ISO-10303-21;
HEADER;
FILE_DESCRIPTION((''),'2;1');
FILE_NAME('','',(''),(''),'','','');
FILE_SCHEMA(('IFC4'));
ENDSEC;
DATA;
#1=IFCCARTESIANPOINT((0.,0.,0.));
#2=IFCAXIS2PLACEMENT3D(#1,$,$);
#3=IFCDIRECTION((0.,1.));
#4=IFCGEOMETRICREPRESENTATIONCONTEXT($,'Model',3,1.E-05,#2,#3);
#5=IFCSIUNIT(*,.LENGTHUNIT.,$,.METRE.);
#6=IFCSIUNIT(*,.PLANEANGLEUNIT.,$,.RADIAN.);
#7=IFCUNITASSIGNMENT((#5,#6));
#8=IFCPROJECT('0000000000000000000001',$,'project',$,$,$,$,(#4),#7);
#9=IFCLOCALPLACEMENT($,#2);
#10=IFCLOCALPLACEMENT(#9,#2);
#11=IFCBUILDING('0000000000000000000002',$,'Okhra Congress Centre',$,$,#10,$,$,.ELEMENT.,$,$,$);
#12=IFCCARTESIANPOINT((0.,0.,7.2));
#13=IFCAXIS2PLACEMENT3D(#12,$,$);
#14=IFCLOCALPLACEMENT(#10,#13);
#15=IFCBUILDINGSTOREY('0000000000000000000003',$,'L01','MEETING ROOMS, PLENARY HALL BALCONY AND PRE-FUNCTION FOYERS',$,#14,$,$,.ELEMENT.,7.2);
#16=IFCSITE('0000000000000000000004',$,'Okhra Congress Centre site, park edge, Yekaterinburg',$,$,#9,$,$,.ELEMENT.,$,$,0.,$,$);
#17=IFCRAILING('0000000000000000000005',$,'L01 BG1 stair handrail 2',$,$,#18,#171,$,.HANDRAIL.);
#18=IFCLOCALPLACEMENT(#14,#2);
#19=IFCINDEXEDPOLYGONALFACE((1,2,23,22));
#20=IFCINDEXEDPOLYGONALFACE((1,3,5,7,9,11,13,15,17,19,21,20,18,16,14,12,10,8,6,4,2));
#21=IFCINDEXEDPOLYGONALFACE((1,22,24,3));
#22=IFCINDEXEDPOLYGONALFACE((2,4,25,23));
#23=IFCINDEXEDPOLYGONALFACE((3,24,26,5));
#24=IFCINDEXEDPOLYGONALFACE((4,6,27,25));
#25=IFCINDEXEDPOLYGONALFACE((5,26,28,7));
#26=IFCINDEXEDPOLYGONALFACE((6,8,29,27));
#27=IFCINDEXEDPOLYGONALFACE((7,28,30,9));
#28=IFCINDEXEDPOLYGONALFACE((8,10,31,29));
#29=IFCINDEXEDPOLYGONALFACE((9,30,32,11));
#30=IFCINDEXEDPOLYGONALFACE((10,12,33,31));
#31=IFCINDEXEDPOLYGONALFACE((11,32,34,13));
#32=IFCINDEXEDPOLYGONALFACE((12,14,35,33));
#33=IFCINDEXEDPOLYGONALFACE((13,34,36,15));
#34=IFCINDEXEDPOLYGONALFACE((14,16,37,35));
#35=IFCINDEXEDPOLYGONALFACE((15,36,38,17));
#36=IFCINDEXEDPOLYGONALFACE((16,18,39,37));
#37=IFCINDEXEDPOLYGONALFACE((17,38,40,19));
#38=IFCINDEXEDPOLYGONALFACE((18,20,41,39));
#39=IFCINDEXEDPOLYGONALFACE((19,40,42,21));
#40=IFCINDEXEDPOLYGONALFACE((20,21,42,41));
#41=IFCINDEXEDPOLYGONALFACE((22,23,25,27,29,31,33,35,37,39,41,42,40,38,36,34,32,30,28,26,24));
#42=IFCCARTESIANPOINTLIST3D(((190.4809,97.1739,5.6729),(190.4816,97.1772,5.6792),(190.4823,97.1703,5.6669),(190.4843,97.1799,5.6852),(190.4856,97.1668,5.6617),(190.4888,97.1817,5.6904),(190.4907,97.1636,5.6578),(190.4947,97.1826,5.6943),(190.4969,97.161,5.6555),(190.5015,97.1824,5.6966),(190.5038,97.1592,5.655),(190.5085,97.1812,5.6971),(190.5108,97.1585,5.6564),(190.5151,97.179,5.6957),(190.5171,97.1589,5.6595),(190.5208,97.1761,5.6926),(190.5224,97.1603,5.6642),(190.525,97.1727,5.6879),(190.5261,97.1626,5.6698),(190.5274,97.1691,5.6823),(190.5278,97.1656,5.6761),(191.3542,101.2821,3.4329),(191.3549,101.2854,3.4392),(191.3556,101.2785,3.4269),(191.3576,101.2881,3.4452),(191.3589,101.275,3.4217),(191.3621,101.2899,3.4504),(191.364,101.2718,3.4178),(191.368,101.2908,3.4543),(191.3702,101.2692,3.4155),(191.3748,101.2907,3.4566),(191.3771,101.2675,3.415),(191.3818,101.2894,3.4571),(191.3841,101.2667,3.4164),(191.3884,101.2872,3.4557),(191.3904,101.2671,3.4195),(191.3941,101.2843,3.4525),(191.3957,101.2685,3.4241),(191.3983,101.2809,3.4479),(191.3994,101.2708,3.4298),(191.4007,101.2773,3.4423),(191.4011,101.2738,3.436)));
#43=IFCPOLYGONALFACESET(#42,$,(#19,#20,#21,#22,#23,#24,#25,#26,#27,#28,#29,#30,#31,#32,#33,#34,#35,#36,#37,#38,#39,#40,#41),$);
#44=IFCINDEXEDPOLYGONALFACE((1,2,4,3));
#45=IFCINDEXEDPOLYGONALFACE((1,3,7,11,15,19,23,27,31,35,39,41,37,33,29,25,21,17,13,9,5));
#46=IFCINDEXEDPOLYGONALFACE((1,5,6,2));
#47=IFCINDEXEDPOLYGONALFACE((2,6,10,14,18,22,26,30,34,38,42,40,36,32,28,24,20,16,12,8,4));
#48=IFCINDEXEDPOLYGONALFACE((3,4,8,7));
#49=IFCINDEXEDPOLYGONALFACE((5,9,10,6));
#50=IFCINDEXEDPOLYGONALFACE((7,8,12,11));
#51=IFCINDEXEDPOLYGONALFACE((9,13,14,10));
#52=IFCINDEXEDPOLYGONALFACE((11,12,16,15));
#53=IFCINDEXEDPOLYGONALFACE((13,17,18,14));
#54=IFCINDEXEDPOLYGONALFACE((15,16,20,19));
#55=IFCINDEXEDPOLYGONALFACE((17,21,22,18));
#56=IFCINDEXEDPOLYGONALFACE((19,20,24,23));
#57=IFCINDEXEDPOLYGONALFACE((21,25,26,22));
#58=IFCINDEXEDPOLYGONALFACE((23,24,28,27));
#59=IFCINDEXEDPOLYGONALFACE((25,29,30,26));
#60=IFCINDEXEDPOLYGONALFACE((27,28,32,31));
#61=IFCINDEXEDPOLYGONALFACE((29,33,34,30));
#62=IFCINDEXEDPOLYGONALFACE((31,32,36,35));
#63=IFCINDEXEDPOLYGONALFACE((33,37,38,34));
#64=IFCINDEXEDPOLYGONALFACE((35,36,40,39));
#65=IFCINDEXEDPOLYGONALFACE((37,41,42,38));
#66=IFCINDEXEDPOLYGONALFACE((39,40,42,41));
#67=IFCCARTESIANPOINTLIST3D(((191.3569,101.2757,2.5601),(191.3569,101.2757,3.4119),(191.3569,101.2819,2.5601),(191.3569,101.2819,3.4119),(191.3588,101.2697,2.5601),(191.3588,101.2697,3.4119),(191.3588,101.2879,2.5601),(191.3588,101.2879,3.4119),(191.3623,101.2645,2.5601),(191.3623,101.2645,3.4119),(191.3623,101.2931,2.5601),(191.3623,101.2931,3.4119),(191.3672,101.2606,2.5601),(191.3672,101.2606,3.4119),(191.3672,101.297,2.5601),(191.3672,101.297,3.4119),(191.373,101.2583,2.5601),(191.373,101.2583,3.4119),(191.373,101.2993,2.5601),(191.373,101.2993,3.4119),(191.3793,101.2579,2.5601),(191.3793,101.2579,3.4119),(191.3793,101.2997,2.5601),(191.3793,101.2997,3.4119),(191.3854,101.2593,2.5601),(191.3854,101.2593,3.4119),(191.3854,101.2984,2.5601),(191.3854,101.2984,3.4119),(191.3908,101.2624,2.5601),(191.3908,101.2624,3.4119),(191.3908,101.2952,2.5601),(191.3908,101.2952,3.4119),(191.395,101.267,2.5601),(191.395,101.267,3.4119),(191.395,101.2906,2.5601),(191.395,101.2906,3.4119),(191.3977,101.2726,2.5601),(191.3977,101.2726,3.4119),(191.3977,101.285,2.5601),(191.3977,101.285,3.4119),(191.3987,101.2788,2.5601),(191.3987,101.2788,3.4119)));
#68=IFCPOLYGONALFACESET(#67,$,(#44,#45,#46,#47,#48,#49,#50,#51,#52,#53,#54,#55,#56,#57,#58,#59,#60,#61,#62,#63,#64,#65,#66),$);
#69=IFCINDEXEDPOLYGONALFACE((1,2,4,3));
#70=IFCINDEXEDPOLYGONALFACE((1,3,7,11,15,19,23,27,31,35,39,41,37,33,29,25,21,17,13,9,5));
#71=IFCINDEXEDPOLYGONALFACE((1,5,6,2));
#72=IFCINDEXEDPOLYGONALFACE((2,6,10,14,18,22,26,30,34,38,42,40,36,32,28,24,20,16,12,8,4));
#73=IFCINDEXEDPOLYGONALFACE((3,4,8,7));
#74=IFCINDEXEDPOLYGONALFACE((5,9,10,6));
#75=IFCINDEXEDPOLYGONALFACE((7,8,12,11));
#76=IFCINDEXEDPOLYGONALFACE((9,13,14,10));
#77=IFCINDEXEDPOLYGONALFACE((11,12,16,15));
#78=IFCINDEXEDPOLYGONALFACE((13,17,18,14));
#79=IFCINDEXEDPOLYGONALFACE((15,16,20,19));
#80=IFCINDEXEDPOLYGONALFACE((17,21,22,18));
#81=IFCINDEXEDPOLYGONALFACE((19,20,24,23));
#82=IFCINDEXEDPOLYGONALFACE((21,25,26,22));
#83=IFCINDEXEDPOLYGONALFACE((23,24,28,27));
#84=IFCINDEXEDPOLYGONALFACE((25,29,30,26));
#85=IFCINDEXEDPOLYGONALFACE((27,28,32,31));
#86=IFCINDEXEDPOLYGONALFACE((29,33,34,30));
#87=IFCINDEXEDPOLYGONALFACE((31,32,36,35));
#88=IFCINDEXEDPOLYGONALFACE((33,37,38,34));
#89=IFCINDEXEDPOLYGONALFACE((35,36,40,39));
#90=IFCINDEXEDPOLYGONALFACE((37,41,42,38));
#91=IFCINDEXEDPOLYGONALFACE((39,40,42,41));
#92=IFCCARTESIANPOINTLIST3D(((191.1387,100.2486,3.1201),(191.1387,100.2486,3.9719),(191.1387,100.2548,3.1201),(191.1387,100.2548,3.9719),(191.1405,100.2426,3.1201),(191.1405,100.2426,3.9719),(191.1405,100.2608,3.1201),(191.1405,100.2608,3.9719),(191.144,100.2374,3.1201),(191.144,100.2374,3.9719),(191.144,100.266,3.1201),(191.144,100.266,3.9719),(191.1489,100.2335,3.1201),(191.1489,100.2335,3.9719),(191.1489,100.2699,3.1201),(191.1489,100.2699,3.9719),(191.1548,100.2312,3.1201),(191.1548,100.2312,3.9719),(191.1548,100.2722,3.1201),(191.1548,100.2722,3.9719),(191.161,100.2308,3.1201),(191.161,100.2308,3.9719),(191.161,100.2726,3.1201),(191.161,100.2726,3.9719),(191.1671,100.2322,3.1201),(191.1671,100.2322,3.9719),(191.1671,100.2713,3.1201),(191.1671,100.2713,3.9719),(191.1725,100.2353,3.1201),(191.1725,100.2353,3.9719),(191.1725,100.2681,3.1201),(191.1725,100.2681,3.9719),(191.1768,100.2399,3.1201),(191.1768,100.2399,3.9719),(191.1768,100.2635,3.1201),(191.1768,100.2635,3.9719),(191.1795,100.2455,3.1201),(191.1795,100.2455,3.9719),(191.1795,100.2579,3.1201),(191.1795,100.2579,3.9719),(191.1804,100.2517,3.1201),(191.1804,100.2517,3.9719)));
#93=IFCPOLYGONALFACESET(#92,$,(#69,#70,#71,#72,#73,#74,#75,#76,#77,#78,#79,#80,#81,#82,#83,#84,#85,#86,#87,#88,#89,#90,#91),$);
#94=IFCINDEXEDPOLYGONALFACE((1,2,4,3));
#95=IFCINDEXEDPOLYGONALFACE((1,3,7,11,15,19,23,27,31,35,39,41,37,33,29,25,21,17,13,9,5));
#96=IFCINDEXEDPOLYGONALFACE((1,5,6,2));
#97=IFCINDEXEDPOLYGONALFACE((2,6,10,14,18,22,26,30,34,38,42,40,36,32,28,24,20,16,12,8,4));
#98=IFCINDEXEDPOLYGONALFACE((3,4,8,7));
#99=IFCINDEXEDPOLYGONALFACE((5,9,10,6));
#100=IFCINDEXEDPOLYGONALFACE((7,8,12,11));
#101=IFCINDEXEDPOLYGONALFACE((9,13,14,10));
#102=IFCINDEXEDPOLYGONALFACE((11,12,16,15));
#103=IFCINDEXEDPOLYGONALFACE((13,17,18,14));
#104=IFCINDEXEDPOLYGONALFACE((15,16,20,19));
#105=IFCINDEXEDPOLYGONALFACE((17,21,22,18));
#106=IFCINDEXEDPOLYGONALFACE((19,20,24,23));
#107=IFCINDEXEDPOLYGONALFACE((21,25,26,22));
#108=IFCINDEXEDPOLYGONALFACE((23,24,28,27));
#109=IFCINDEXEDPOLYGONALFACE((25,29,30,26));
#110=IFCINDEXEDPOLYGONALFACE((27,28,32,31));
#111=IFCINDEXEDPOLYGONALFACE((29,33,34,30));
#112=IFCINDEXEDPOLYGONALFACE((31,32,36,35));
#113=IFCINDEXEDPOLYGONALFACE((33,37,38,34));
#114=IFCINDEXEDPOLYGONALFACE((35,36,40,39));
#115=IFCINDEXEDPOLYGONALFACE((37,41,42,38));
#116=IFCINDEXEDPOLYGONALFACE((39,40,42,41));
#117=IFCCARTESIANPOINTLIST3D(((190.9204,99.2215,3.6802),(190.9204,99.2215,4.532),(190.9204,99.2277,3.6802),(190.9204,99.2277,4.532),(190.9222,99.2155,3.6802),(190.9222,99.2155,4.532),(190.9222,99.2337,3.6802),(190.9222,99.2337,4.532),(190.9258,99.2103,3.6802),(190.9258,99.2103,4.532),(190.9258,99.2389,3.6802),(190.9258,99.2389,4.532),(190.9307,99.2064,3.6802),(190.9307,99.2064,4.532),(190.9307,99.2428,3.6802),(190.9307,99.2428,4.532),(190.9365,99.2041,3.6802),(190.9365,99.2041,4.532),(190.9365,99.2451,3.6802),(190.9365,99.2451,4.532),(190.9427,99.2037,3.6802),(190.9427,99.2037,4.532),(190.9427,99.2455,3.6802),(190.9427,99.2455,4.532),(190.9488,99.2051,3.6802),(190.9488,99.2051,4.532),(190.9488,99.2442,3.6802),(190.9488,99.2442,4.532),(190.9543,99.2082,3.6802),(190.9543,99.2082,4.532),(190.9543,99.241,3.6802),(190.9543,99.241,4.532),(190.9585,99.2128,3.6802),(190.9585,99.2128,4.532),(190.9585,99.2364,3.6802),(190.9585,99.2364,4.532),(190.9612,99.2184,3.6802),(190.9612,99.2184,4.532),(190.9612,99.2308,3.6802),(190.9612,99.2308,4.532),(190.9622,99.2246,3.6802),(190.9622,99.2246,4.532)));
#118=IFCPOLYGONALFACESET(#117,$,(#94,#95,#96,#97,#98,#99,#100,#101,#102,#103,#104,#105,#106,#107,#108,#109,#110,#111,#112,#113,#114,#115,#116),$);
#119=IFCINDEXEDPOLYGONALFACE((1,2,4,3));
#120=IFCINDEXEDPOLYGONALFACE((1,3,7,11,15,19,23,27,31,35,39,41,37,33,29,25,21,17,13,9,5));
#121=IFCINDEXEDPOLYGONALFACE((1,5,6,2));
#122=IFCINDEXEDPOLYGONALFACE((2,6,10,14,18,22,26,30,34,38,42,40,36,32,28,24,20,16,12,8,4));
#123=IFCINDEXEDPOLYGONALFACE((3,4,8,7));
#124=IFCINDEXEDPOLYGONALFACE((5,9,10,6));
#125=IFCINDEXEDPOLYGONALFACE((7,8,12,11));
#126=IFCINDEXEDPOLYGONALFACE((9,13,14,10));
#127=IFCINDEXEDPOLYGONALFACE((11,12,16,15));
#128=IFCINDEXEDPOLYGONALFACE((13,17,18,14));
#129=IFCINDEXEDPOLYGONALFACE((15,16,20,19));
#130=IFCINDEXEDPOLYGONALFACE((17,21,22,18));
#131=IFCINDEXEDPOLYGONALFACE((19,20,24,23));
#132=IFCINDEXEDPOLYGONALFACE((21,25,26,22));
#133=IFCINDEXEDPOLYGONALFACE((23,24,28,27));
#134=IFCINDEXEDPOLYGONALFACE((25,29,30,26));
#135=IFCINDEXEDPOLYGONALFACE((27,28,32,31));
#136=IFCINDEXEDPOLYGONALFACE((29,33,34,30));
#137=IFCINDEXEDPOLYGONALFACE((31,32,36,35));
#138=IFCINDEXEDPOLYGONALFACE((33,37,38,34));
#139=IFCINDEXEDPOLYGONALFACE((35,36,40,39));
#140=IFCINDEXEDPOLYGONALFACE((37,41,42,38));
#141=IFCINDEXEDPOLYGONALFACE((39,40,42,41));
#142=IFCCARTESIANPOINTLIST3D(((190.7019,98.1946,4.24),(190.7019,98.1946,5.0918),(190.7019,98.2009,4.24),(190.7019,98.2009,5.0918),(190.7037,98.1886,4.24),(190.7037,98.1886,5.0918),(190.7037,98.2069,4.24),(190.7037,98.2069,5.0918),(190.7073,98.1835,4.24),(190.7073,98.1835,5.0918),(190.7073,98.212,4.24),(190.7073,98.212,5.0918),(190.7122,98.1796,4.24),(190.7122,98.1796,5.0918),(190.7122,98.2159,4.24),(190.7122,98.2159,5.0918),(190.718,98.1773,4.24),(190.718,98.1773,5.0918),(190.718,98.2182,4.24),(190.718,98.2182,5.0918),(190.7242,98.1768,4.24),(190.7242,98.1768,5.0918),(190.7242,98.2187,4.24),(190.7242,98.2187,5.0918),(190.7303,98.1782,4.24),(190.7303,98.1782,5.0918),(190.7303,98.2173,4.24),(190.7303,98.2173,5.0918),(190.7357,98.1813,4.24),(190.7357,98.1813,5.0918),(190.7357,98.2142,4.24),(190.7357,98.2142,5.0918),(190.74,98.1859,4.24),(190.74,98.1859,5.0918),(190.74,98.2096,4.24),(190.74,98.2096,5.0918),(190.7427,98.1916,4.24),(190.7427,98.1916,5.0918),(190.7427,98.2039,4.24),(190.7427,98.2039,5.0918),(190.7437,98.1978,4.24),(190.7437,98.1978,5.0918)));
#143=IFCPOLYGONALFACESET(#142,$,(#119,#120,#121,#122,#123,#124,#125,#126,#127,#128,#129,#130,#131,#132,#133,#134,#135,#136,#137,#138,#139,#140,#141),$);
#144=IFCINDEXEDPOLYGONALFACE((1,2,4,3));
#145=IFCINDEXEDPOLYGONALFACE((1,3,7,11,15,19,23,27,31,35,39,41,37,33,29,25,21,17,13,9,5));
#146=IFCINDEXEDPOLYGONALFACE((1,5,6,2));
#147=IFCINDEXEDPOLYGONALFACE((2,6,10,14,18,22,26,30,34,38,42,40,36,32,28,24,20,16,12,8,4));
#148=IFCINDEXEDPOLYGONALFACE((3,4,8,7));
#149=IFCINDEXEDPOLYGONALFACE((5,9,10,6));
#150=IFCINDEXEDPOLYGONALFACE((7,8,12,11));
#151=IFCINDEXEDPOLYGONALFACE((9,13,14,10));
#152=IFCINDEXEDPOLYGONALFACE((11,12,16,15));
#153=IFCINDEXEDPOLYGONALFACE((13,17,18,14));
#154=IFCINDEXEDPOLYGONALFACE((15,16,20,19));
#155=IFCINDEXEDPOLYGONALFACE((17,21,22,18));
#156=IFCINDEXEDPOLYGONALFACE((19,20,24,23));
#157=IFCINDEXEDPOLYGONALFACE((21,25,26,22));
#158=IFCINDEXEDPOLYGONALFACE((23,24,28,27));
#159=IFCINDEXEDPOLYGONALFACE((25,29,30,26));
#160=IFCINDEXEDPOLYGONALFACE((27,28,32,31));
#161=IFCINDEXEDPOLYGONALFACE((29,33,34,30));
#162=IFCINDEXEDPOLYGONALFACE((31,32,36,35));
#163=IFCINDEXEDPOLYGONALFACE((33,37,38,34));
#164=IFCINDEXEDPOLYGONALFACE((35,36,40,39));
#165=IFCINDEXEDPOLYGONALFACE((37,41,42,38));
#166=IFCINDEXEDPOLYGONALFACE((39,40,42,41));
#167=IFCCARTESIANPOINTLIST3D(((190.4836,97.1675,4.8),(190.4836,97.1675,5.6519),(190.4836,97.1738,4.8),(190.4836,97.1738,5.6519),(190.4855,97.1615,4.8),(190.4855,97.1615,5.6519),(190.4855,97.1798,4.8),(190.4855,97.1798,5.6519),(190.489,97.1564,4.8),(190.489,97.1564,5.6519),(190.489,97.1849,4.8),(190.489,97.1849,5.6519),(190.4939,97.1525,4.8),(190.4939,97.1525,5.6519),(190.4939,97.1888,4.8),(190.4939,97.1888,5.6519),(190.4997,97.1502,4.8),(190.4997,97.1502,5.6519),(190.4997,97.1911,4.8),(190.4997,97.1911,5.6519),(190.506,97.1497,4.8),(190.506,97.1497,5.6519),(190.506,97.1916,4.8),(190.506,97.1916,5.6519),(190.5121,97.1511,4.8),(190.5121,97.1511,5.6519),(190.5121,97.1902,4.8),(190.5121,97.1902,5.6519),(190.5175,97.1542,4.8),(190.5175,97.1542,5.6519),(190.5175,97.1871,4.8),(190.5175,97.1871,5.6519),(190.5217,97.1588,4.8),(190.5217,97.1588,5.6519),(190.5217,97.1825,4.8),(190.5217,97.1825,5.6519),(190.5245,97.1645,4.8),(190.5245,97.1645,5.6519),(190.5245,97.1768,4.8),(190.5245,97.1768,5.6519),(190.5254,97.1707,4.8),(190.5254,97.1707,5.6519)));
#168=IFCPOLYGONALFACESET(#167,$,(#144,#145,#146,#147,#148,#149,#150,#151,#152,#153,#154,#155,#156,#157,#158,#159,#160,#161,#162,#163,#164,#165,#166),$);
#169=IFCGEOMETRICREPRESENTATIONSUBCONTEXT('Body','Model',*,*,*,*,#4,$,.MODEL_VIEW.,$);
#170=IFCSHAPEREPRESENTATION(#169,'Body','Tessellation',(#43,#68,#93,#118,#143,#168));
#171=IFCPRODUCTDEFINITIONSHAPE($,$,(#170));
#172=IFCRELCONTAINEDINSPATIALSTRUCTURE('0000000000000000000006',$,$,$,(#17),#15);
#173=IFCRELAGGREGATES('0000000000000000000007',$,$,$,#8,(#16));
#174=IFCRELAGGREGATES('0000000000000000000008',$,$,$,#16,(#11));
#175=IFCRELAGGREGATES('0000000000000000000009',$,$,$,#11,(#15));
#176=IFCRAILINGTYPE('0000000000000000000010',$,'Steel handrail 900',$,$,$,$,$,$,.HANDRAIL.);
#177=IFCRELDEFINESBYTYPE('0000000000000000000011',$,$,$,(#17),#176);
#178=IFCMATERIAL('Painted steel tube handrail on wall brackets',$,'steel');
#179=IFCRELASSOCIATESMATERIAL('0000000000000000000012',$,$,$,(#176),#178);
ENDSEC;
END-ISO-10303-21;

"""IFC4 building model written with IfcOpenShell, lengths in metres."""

from ifc_helpers import new_model, si_unit, direction, frame, origin, origin_2d, place, context, subcontext, project, spatial, circle, extrude, material, type_object, element, save


model = new_model("IFC4")

# Units and contexts
model_context = context("Model", 3, precision=1e-05, world=origin(), true_north=direction((0.0, 1.0)))
body_context = subcontext(model_context, "Body", "Model", "MODEL_VIEW")
ifc_project = project(units=[si_unit("LENGTHUNIT", "METRE"), si_unit("PLANEANGLEUNIT", "RADIAN")], contexts=[model_context])

# Site, building, storey
site_placement = place(None, origin())
site = spatial("IfcSite", under=ifc_project, at=site_placement, Name="Okhra Congress Centre site, park edge, Yekaterinburg", CompositionType="ELEMENT", RefElevation=0.0)
building_placement = place(site_placement, origin())
building = spatial("IfcBuilding", under=site, at=building_placement, Name="Okhra Congress Centre", CompositionType="ELEMENT")
storey_placement = place(building_placement, frame((0.0, 0.0, 7.2)))
storey = spatial("IfcBuildingStorey", under=building, at=storey_placement, Name="L01", Description="MEETING ROOMS, PLENARY HALL BALCONY AND PRE-FUNCTION FOYERS", CompositionType="ELEMENT", Elevation=7.2)

# Railing
ifc_material_1 = material(Name="Painted steel tube handrail on wall brackets", Category="steel")
railing_type_1 = type_object("IfcRailingType", Name="Steel handrail 900", PredefinedType="HANDRAIL", material=ifc_material_1)
railing_1_placement = place(storey_placement, frame((191.3777, 101.2788, 2.5601)))
element("IfcRailing", 1, at=railing_1_placement, inside=storey, type_object=railing_type_1, Name="L01 BG1 stair handrail 2", PredefinedType="HANDRAIL", context=body_context, shape_type="SweptSolid", body=[
    extrude(circle(Radius=0.0239, at=origin_2d()), frame((0.0, 0.0, 0.876), z_axis=(-0.183466, -0.863067, 0.470591), x_axis=(0.978144, -0.207929, 0.0)), (0.0, 0.0, 1.0), 4.76),
    extrude(circle(Radius=0.021, at=origin_2d()), origin(), (0.0, 0.0, 1.0), 0.8518),
    extrude(circle(Radius=0.021, at=origin_2d()), frame((-0.2183, -1.0271, 0.5601)), (0.0, 0.0, 1.0), 0.8518),
    extrude(circle(Radius=0.021, at=origin_2d()), frame((-0.4365, -2.0542, 1.1201)), (0.0, 0.0, 1.0), 0.8518),
    extrude(circle(Radius=0.021, at=origin_2d()), frame((-0.655, -3.0811, 1.6799)), (0.0, 0.0, 1.0), 0.8518),
    extrude(circle(Radius=0.021, at=origin_2d()), frame((-0.8733, -4.1082, 2.24)), (0.0, 0.0, 1.0), 0.8518),
])

save(model, "model.ifc")
